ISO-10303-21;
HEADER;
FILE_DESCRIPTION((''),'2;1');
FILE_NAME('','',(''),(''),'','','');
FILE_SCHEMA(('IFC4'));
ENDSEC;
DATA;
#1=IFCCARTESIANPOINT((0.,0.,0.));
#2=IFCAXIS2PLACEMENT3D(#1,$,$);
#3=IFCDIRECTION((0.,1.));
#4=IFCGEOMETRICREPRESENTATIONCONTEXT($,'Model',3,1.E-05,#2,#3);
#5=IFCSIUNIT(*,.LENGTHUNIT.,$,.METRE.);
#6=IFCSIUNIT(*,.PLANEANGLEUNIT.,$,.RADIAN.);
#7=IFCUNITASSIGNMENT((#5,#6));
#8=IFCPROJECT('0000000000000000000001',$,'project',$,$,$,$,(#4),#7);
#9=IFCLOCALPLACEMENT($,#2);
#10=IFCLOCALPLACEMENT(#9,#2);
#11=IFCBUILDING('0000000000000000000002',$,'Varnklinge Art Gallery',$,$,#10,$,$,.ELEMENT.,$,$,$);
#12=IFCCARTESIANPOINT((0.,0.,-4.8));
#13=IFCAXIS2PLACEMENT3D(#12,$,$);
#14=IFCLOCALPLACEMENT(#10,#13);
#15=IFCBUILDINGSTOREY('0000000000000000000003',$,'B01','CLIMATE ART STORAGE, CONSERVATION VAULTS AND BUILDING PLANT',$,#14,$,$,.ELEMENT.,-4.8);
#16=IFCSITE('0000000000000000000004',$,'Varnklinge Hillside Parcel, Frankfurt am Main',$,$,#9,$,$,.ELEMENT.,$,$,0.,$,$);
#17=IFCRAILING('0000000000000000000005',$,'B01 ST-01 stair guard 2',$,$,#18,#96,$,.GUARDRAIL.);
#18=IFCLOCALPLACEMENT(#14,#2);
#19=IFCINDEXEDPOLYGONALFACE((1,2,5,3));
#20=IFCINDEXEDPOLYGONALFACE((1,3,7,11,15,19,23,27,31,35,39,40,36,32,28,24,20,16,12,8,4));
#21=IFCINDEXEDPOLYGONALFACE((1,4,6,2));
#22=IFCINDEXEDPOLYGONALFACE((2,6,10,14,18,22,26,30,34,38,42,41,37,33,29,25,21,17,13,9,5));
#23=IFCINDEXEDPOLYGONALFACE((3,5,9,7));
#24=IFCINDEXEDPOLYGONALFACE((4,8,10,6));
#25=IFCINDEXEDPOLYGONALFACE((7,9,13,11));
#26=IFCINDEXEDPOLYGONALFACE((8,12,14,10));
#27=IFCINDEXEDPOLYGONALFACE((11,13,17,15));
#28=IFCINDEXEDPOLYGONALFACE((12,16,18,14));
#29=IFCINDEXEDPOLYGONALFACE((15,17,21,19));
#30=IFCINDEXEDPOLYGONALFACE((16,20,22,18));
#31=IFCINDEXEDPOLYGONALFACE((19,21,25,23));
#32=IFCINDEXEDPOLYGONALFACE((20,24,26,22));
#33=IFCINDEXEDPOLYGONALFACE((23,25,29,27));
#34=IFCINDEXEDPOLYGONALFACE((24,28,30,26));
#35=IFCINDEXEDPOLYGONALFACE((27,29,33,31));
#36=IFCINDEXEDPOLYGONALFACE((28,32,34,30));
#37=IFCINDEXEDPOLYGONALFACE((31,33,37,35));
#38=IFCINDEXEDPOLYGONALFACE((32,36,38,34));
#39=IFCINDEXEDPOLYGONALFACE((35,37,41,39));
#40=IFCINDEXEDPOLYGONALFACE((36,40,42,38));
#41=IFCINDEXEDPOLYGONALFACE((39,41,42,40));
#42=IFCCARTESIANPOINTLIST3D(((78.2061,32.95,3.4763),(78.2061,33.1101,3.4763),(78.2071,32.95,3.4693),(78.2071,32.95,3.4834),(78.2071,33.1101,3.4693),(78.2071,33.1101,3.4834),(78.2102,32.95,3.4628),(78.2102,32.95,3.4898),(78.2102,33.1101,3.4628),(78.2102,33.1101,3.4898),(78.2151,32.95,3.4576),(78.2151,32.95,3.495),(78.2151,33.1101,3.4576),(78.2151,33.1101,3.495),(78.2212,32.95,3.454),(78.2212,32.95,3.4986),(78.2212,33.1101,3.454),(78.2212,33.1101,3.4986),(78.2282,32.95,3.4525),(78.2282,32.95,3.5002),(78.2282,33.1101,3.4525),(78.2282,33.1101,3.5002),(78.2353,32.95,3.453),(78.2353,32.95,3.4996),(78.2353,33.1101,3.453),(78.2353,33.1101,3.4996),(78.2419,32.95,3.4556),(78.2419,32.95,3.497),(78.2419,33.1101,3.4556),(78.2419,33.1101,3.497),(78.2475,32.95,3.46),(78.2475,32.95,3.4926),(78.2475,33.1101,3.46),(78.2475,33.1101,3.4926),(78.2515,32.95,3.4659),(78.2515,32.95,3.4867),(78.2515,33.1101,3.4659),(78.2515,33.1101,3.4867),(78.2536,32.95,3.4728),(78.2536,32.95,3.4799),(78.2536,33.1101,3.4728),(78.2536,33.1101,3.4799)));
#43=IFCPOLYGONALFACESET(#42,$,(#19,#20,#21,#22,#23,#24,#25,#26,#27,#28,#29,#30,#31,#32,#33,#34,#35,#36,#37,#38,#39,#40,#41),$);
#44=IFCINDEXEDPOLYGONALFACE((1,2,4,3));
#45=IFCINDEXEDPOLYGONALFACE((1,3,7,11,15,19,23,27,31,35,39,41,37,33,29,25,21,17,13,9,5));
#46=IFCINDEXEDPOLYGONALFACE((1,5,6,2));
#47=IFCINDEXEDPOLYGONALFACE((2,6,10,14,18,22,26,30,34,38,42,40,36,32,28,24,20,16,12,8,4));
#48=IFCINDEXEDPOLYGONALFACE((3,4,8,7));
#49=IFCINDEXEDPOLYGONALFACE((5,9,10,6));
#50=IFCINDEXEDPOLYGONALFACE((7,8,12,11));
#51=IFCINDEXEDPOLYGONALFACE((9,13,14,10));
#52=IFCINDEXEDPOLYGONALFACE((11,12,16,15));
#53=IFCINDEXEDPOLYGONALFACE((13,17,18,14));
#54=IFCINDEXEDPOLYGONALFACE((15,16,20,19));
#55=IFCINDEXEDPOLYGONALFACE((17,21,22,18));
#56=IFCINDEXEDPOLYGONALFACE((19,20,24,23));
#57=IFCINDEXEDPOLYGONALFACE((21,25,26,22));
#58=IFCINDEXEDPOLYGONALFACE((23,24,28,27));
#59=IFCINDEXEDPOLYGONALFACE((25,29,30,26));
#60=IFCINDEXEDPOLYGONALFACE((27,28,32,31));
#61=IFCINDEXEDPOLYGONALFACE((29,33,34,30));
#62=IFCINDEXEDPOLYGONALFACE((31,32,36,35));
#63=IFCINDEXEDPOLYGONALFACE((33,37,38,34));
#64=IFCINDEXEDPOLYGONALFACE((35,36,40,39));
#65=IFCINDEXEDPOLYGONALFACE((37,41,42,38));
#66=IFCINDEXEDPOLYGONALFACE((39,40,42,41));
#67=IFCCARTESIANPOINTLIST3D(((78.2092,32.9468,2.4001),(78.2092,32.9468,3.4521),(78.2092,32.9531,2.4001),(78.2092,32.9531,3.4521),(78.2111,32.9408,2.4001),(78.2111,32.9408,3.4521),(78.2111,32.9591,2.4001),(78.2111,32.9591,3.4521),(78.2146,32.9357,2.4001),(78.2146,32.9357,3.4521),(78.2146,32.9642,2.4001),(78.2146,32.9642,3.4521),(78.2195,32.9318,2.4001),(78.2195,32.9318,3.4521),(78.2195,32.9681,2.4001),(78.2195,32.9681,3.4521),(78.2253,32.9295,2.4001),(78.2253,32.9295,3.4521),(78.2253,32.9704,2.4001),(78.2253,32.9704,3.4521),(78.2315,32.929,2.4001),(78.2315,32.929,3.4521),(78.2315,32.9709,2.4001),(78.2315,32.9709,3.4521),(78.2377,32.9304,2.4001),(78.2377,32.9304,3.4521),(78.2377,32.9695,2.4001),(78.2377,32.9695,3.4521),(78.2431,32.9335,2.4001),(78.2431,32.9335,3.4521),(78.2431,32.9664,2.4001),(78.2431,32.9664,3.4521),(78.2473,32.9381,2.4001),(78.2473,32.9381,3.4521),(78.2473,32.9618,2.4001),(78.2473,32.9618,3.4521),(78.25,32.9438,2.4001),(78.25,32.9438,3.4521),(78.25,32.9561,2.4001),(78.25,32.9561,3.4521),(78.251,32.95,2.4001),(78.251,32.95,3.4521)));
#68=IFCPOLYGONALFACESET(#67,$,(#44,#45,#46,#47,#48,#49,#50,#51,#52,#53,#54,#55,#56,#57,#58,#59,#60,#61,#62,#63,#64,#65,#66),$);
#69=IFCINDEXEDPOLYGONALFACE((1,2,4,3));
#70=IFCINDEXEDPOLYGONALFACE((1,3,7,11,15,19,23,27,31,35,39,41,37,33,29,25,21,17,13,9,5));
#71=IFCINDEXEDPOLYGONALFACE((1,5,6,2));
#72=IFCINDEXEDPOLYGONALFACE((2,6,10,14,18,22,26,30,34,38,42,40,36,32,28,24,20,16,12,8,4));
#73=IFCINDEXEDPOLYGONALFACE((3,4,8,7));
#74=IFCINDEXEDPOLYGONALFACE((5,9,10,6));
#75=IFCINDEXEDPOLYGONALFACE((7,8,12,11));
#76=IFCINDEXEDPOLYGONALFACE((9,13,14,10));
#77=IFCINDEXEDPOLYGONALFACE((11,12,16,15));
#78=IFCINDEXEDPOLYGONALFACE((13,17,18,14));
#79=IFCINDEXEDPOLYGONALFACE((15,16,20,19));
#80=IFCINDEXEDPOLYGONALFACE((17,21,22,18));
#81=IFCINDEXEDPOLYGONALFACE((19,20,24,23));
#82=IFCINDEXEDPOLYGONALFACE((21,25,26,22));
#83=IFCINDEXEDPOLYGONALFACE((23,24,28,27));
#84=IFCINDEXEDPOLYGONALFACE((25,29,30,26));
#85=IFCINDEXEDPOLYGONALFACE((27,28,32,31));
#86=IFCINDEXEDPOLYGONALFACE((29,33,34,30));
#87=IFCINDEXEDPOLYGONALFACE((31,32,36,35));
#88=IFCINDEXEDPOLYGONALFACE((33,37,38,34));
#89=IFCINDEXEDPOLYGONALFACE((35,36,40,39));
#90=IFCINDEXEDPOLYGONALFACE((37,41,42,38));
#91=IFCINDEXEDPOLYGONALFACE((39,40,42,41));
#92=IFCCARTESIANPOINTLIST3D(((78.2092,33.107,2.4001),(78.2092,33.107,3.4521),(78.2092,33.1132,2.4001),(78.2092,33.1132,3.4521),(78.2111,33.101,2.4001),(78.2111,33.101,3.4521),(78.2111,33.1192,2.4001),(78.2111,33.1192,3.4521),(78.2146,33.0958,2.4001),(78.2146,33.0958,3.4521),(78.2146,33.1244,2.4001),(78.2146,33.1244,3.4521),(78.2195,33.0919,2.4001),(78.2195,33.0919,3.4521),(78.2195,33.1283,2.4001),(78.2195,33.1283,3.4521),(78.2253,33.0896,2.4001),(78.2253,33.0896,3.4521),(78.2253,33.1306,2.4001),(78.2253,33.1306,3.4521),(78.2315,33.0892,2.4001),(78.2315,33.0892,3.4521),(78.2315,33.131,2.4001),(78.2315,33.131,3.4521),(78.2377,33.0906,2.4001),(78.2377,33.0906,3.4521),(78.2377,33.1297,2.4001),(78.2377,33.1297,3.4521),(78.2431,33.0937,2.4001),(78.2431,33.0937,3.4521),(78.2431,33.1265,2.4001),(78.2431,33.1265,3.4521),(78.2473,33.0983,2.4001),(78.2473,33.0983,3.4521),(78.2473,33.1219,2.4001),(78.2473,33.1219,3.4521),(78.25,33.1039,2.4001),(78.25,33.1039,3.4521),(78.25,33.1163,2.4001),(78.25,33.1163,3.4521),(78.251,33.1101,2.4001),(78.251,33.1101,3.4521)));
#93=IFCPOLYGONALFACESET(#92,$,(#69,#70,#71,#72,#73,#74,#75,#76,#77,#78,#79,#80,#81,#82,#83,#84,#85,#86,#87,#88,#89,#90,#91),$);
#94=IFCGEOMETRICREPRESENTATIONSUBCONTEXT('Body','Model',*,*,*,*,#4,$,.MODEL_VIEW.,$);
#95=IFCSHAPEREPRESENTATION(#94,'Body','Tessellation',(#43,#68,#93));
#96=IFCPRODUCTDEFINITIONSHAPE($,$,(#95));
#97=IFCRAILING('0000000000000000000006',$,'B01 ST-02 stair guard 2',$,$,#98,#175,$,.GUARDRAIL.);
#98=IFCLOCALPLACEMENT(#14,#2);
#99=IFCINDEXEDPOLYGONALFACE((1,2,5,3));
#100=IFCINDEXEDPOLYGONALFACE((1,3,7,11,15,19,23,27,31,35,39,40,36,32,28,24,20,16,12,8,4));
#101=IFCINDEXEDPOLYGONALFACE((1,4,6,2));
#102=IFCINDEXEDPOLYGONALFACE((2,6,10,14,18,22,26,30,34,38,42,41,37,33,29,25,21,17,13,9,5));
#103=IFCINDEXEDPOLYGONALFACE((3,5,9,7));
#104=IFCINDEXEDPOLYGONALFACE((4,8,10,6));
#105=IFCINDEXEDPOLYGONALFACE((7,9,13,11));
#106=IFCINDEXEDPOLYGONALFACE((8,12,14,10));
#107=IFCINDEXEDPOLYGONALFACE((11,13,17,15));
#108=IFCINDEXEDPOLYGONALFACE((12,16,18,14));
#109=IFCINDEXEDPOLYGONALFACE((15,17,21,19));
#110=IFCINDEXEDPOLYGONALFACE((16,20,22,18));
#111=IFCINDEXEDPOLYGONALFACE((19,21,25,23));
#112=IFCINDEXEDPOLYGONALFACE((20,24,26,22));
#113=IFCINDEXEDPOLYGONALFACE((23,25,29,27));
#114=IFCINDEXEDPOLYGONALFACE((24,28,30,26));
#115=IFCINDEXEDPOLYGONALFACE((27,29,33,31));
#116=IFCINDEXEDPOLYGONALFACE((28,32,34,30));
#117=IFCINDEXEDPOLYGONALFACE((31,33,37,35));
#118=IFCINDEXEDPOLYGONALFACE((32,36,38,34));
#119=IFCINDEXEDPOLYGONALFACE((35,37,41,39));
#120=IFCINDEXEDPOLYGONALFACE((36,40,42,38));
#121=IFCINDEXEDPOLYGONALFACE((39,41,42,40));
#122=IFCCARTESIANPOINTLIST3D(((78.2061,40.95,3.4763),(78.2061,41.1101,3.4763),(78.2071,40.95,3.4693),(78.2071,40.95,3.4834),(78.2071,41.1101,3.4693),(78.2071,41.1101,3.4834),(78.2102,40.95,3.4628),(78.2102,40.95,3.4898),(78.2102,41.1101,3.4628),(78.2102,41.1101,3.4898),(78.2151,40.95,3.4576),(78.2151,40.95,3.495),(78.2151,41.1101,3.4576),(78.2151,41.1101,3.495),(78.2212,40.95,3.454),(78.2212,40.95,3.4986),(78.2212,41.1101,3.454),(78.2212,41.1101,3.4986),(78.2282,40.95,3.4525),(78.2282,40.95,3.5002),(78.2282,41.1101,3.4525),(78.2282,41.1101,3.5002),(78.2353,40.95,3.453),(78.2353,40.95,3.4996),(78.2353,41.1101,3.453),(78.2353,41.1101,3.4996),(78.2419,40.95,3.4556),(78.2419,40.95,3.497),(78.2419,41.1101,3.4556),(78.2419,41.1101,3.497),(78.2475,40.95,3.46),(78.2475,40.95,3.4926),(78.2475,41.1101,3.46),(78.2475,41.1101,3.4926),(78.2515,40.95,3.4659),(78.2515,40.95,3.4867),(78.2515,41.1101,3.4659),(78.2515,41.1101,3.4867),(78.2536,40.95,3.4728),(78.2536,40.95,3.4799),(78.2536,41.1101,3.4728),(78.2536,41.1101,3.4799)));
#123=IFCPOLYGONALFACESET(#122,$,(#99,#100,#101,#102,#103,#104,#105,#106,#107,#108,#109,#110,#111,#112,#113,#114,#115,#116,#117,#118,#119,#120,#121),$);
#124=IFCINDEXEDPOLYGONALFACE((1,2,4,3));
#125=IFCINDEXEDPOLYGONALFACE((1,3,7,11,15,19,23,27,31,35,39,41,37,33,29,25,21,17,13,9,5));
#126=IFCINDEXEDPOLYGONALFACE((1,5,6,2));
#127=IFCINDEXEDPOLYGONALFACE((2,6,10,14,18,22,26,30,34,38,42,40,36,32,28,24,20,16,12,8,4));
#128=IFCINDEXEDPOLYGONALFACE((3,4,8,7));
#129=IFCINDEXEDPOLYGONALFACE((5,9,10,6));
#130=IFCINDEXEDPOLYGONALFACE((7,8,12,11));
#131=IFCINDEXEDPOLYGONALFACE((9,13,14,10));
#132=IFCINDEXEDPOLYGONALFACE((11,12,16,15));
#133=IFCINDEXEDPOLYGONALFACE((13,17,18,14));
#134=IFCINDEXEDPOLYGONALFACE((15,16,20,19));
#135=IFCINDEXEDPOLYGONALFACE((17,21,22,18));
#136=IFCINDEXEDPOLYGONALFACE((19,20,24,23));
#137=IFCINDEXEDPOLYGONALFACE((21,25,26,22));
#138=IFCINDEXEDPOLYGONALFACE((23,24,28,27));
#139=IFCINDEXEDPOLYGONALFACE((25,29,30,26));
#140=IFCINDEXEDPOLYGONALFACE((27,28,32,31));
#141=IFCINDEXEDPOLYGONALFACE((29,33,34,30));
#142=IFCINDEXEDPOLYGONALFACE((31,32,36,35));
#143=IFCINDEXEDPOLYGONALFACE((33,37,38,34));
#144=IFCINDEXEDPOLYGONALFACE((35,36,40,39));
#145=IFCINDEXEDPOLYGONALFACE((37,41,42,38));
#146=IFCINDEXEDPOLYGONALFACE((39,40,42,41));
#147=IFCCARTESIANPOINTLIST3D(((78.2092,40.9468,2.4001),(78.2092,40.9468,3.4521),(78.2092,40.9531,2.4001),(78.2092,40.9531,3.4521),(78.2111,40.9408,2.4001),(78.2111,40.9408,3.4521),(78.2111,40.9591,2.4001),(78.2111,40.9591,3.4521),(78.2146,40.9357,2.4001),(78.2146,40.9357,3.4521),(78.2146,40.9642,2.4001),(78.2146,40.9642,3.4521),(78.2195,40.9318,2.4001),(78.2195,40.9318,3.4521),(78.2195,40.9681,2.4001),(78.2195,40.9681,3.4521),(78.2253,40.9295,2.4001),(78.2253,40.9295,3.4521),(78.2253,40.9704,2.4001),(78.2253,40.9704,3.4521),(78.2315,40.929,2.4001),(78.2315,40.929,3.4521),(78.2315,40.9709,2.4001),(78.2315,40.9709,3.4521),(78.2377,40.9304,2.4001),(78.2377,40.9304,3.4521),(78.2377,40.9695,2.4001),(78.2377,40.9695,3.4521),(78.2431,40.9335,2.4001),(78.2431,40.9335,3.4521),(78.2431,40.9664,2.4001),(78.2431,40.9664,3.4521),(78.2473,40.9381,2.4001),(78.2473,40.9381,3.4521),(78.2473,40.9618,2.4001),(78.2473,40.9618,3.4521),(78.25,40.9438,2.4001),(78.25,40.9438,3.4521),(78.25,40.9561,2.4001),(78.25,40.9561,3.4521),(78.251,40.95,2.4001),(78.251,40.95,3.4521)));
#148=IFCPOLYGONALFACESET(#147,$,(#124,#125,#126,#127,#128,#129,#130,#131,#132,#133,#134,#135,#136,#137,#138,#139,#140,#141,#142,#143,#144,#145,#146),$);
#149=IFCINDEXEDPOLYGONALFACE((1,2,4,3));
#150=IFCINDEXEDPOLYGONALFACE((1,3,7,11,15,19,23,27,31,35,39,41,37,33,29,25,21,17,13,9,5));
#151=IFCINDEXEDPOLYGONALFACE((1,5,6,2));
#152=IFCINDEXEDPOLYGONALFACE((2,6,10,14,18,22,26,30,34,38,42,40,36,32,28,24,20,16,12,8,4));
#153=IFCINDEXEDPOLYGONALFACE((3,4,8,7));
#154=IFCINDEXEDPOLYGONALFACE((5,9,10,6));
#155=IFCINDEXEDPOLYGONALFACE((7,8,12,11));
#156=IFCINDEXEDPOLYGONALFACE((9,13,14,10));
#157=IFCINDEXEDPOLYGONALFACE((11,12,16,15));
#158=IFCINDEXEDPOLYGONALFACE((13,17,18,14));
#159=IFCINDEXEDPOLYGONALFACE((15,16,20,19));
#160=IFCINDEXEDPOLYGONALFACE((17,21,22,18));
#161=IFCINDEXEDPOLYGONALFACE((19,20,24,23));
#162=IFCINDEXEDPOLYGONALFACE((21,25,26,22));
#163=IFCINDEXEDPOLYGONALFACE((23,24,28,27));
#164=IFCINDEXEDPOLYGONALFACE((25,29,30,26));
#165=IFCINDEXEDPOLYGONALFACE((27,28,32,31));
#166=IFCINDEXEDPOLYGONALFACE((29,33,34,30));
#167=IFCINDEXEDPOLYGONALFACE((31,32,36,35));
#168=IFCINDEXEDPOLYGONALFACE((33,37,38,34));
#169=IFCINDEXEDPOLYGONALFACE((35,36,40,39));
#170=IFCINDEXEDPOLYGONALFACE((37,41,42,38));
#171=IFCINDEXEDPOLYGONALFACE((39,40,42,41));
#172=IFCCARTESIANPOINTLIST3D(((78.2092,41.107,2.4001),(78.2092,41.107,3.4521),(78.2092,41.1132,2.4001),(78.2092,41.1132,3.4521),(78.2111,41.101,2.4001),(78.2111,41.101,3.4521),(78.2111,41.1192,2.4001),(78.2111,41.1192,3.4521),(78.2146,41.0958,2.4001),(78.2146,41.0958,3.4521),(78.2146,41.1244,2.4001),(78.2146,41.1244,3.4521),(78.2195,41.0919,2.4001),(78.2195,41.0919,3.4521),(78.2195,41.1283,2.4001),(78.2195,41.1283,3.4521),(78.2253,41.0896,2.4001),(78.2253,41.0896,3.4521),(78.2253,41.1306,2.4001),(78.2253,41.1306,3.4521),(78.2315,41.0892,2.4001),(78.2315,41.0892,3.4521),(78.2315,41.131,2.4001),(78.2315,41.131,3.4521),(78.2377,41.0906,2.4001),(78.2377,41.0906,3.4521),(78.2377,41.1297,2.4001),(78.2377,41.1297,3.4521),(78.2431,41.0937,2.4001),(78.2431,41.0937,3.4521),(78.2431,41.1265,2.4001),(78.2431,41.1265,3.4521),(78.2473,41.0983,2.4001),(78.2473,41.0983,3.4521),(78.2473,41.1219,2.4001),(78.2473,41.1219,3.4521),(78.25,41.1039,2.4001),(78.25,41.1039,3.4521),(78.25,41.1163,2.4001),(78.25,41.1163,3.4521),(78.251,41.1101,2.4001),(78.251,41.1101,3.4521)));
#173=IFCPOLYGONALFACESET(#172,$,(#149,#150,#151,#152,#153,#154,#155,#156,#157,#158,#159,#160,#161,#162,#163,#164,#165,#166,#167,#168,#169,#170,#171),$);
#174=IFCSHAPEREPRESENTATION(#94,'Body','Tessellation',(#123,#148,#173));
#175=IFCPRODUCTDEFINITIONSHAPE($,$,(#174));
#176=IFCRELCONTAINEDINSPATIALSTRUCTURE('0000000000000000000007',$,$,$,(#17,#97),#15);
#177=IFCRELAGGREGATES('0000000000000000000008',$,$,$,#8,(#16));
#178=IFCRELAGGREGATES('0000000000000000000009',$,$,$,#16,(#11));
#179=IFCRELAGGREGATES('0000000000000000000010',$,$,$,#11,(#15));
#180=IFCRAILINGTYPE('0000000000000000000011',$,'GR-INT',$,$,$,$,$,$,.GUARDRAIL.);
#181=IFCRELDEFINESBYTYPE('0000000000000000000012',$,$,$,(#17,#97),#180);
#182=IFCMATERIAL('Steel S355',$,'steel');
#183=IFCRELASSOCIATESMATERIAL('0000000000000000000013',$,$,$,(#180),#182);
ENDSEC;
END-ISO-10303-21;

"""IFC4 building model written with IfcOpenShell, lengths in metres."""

from ifc_helpers import new_model, si_unit, direction, frame, origin, origin_2d, place, context, subcontext, project, spatial, circle, extrude, material, type_object, element, save


model = new_model("IFC4")

# Units and contexts
model_context = context("Model", 3, precision=1e-05, world=origin(), true_north=direction((0.0, 1.0)))
body_context = subcontext(model_context, "Body", "Model", "MODEL_VIEW")
ifc_project = project(units=[si_unit("LENGTHUNIT", "METRE"), si_unit("PLANEANGLEUNIT", "RADIAN")], contexts=[model_context])

# Site, building, storey
site_placement = place(None, origin())
site = spatial("IfcSite", under=ifc_project, at=site_placement, Name="Varnklinge Hillside Parcel, Frankfurt am Main", CompositionType="ELEMENT", RefElevation=0.0)
building_placement = place(site_placement, origin())
building = spatial("IfcBuilding", under=site, at=building_placement, Name="Varnklinge Art Gallery", CompositionType="ELEMENT")
storey_placement = place(building_placement, frame((0.0, 0.0, -4.8)))
storey = spatial("IfcBuildingStorey", under=building, at=storey_placement, Name="B01", Description="CLIMATE ART STORAGE, CONSERVATION VAULTS AND BUILDING PLANT", CompositionType="ELEMENT", Elevation=-4.8)

# Railings
ifc_material_1 = material(Name="Steel S355", Category="steel")
railing_type_1 = type_object("IfcRailingType", Name="GR-INT", PredefinedType="GUARDRAIL", material=ifc_material_1)
for number, where, name in (
    (1, (78.23, 32.95, 2.4001), "B01 ST-01 stair guard 2"),
    (2, (78.23, 40.95, 2.4001), "B01 ST-02 stair guard 2"),
):
    element("IfcRailing", number, at=place(storey_placement, frame(where)), inside=storey, type_object=railing_type_1, Name=name, PredefinedType="GUARDRAIL", context=body_context, shape_type="SweptSolid", body=[
        extrude(circle(Radius=0.0239, at=origin_2d()), frame((0.0, 0.0, 1.0762), z_axis=(0.0, 1.0, 0.0), x_axis=(-1.0, 0.0, 0.0)), (0.0, 0.0, 1.0), 0.1602),
        extrude(circle(Radius=0.021, at=origin_2d()), origin(), (0.0, 0.0, 1.0), 1.052),
        extrude(circle(Radius=0.021, at=origin_2d()), frame((0.0, 0.1602, 0.0)), (0.0, 0.0, 1.0), 1.052),
    ])

save(model, "model.ifc")
